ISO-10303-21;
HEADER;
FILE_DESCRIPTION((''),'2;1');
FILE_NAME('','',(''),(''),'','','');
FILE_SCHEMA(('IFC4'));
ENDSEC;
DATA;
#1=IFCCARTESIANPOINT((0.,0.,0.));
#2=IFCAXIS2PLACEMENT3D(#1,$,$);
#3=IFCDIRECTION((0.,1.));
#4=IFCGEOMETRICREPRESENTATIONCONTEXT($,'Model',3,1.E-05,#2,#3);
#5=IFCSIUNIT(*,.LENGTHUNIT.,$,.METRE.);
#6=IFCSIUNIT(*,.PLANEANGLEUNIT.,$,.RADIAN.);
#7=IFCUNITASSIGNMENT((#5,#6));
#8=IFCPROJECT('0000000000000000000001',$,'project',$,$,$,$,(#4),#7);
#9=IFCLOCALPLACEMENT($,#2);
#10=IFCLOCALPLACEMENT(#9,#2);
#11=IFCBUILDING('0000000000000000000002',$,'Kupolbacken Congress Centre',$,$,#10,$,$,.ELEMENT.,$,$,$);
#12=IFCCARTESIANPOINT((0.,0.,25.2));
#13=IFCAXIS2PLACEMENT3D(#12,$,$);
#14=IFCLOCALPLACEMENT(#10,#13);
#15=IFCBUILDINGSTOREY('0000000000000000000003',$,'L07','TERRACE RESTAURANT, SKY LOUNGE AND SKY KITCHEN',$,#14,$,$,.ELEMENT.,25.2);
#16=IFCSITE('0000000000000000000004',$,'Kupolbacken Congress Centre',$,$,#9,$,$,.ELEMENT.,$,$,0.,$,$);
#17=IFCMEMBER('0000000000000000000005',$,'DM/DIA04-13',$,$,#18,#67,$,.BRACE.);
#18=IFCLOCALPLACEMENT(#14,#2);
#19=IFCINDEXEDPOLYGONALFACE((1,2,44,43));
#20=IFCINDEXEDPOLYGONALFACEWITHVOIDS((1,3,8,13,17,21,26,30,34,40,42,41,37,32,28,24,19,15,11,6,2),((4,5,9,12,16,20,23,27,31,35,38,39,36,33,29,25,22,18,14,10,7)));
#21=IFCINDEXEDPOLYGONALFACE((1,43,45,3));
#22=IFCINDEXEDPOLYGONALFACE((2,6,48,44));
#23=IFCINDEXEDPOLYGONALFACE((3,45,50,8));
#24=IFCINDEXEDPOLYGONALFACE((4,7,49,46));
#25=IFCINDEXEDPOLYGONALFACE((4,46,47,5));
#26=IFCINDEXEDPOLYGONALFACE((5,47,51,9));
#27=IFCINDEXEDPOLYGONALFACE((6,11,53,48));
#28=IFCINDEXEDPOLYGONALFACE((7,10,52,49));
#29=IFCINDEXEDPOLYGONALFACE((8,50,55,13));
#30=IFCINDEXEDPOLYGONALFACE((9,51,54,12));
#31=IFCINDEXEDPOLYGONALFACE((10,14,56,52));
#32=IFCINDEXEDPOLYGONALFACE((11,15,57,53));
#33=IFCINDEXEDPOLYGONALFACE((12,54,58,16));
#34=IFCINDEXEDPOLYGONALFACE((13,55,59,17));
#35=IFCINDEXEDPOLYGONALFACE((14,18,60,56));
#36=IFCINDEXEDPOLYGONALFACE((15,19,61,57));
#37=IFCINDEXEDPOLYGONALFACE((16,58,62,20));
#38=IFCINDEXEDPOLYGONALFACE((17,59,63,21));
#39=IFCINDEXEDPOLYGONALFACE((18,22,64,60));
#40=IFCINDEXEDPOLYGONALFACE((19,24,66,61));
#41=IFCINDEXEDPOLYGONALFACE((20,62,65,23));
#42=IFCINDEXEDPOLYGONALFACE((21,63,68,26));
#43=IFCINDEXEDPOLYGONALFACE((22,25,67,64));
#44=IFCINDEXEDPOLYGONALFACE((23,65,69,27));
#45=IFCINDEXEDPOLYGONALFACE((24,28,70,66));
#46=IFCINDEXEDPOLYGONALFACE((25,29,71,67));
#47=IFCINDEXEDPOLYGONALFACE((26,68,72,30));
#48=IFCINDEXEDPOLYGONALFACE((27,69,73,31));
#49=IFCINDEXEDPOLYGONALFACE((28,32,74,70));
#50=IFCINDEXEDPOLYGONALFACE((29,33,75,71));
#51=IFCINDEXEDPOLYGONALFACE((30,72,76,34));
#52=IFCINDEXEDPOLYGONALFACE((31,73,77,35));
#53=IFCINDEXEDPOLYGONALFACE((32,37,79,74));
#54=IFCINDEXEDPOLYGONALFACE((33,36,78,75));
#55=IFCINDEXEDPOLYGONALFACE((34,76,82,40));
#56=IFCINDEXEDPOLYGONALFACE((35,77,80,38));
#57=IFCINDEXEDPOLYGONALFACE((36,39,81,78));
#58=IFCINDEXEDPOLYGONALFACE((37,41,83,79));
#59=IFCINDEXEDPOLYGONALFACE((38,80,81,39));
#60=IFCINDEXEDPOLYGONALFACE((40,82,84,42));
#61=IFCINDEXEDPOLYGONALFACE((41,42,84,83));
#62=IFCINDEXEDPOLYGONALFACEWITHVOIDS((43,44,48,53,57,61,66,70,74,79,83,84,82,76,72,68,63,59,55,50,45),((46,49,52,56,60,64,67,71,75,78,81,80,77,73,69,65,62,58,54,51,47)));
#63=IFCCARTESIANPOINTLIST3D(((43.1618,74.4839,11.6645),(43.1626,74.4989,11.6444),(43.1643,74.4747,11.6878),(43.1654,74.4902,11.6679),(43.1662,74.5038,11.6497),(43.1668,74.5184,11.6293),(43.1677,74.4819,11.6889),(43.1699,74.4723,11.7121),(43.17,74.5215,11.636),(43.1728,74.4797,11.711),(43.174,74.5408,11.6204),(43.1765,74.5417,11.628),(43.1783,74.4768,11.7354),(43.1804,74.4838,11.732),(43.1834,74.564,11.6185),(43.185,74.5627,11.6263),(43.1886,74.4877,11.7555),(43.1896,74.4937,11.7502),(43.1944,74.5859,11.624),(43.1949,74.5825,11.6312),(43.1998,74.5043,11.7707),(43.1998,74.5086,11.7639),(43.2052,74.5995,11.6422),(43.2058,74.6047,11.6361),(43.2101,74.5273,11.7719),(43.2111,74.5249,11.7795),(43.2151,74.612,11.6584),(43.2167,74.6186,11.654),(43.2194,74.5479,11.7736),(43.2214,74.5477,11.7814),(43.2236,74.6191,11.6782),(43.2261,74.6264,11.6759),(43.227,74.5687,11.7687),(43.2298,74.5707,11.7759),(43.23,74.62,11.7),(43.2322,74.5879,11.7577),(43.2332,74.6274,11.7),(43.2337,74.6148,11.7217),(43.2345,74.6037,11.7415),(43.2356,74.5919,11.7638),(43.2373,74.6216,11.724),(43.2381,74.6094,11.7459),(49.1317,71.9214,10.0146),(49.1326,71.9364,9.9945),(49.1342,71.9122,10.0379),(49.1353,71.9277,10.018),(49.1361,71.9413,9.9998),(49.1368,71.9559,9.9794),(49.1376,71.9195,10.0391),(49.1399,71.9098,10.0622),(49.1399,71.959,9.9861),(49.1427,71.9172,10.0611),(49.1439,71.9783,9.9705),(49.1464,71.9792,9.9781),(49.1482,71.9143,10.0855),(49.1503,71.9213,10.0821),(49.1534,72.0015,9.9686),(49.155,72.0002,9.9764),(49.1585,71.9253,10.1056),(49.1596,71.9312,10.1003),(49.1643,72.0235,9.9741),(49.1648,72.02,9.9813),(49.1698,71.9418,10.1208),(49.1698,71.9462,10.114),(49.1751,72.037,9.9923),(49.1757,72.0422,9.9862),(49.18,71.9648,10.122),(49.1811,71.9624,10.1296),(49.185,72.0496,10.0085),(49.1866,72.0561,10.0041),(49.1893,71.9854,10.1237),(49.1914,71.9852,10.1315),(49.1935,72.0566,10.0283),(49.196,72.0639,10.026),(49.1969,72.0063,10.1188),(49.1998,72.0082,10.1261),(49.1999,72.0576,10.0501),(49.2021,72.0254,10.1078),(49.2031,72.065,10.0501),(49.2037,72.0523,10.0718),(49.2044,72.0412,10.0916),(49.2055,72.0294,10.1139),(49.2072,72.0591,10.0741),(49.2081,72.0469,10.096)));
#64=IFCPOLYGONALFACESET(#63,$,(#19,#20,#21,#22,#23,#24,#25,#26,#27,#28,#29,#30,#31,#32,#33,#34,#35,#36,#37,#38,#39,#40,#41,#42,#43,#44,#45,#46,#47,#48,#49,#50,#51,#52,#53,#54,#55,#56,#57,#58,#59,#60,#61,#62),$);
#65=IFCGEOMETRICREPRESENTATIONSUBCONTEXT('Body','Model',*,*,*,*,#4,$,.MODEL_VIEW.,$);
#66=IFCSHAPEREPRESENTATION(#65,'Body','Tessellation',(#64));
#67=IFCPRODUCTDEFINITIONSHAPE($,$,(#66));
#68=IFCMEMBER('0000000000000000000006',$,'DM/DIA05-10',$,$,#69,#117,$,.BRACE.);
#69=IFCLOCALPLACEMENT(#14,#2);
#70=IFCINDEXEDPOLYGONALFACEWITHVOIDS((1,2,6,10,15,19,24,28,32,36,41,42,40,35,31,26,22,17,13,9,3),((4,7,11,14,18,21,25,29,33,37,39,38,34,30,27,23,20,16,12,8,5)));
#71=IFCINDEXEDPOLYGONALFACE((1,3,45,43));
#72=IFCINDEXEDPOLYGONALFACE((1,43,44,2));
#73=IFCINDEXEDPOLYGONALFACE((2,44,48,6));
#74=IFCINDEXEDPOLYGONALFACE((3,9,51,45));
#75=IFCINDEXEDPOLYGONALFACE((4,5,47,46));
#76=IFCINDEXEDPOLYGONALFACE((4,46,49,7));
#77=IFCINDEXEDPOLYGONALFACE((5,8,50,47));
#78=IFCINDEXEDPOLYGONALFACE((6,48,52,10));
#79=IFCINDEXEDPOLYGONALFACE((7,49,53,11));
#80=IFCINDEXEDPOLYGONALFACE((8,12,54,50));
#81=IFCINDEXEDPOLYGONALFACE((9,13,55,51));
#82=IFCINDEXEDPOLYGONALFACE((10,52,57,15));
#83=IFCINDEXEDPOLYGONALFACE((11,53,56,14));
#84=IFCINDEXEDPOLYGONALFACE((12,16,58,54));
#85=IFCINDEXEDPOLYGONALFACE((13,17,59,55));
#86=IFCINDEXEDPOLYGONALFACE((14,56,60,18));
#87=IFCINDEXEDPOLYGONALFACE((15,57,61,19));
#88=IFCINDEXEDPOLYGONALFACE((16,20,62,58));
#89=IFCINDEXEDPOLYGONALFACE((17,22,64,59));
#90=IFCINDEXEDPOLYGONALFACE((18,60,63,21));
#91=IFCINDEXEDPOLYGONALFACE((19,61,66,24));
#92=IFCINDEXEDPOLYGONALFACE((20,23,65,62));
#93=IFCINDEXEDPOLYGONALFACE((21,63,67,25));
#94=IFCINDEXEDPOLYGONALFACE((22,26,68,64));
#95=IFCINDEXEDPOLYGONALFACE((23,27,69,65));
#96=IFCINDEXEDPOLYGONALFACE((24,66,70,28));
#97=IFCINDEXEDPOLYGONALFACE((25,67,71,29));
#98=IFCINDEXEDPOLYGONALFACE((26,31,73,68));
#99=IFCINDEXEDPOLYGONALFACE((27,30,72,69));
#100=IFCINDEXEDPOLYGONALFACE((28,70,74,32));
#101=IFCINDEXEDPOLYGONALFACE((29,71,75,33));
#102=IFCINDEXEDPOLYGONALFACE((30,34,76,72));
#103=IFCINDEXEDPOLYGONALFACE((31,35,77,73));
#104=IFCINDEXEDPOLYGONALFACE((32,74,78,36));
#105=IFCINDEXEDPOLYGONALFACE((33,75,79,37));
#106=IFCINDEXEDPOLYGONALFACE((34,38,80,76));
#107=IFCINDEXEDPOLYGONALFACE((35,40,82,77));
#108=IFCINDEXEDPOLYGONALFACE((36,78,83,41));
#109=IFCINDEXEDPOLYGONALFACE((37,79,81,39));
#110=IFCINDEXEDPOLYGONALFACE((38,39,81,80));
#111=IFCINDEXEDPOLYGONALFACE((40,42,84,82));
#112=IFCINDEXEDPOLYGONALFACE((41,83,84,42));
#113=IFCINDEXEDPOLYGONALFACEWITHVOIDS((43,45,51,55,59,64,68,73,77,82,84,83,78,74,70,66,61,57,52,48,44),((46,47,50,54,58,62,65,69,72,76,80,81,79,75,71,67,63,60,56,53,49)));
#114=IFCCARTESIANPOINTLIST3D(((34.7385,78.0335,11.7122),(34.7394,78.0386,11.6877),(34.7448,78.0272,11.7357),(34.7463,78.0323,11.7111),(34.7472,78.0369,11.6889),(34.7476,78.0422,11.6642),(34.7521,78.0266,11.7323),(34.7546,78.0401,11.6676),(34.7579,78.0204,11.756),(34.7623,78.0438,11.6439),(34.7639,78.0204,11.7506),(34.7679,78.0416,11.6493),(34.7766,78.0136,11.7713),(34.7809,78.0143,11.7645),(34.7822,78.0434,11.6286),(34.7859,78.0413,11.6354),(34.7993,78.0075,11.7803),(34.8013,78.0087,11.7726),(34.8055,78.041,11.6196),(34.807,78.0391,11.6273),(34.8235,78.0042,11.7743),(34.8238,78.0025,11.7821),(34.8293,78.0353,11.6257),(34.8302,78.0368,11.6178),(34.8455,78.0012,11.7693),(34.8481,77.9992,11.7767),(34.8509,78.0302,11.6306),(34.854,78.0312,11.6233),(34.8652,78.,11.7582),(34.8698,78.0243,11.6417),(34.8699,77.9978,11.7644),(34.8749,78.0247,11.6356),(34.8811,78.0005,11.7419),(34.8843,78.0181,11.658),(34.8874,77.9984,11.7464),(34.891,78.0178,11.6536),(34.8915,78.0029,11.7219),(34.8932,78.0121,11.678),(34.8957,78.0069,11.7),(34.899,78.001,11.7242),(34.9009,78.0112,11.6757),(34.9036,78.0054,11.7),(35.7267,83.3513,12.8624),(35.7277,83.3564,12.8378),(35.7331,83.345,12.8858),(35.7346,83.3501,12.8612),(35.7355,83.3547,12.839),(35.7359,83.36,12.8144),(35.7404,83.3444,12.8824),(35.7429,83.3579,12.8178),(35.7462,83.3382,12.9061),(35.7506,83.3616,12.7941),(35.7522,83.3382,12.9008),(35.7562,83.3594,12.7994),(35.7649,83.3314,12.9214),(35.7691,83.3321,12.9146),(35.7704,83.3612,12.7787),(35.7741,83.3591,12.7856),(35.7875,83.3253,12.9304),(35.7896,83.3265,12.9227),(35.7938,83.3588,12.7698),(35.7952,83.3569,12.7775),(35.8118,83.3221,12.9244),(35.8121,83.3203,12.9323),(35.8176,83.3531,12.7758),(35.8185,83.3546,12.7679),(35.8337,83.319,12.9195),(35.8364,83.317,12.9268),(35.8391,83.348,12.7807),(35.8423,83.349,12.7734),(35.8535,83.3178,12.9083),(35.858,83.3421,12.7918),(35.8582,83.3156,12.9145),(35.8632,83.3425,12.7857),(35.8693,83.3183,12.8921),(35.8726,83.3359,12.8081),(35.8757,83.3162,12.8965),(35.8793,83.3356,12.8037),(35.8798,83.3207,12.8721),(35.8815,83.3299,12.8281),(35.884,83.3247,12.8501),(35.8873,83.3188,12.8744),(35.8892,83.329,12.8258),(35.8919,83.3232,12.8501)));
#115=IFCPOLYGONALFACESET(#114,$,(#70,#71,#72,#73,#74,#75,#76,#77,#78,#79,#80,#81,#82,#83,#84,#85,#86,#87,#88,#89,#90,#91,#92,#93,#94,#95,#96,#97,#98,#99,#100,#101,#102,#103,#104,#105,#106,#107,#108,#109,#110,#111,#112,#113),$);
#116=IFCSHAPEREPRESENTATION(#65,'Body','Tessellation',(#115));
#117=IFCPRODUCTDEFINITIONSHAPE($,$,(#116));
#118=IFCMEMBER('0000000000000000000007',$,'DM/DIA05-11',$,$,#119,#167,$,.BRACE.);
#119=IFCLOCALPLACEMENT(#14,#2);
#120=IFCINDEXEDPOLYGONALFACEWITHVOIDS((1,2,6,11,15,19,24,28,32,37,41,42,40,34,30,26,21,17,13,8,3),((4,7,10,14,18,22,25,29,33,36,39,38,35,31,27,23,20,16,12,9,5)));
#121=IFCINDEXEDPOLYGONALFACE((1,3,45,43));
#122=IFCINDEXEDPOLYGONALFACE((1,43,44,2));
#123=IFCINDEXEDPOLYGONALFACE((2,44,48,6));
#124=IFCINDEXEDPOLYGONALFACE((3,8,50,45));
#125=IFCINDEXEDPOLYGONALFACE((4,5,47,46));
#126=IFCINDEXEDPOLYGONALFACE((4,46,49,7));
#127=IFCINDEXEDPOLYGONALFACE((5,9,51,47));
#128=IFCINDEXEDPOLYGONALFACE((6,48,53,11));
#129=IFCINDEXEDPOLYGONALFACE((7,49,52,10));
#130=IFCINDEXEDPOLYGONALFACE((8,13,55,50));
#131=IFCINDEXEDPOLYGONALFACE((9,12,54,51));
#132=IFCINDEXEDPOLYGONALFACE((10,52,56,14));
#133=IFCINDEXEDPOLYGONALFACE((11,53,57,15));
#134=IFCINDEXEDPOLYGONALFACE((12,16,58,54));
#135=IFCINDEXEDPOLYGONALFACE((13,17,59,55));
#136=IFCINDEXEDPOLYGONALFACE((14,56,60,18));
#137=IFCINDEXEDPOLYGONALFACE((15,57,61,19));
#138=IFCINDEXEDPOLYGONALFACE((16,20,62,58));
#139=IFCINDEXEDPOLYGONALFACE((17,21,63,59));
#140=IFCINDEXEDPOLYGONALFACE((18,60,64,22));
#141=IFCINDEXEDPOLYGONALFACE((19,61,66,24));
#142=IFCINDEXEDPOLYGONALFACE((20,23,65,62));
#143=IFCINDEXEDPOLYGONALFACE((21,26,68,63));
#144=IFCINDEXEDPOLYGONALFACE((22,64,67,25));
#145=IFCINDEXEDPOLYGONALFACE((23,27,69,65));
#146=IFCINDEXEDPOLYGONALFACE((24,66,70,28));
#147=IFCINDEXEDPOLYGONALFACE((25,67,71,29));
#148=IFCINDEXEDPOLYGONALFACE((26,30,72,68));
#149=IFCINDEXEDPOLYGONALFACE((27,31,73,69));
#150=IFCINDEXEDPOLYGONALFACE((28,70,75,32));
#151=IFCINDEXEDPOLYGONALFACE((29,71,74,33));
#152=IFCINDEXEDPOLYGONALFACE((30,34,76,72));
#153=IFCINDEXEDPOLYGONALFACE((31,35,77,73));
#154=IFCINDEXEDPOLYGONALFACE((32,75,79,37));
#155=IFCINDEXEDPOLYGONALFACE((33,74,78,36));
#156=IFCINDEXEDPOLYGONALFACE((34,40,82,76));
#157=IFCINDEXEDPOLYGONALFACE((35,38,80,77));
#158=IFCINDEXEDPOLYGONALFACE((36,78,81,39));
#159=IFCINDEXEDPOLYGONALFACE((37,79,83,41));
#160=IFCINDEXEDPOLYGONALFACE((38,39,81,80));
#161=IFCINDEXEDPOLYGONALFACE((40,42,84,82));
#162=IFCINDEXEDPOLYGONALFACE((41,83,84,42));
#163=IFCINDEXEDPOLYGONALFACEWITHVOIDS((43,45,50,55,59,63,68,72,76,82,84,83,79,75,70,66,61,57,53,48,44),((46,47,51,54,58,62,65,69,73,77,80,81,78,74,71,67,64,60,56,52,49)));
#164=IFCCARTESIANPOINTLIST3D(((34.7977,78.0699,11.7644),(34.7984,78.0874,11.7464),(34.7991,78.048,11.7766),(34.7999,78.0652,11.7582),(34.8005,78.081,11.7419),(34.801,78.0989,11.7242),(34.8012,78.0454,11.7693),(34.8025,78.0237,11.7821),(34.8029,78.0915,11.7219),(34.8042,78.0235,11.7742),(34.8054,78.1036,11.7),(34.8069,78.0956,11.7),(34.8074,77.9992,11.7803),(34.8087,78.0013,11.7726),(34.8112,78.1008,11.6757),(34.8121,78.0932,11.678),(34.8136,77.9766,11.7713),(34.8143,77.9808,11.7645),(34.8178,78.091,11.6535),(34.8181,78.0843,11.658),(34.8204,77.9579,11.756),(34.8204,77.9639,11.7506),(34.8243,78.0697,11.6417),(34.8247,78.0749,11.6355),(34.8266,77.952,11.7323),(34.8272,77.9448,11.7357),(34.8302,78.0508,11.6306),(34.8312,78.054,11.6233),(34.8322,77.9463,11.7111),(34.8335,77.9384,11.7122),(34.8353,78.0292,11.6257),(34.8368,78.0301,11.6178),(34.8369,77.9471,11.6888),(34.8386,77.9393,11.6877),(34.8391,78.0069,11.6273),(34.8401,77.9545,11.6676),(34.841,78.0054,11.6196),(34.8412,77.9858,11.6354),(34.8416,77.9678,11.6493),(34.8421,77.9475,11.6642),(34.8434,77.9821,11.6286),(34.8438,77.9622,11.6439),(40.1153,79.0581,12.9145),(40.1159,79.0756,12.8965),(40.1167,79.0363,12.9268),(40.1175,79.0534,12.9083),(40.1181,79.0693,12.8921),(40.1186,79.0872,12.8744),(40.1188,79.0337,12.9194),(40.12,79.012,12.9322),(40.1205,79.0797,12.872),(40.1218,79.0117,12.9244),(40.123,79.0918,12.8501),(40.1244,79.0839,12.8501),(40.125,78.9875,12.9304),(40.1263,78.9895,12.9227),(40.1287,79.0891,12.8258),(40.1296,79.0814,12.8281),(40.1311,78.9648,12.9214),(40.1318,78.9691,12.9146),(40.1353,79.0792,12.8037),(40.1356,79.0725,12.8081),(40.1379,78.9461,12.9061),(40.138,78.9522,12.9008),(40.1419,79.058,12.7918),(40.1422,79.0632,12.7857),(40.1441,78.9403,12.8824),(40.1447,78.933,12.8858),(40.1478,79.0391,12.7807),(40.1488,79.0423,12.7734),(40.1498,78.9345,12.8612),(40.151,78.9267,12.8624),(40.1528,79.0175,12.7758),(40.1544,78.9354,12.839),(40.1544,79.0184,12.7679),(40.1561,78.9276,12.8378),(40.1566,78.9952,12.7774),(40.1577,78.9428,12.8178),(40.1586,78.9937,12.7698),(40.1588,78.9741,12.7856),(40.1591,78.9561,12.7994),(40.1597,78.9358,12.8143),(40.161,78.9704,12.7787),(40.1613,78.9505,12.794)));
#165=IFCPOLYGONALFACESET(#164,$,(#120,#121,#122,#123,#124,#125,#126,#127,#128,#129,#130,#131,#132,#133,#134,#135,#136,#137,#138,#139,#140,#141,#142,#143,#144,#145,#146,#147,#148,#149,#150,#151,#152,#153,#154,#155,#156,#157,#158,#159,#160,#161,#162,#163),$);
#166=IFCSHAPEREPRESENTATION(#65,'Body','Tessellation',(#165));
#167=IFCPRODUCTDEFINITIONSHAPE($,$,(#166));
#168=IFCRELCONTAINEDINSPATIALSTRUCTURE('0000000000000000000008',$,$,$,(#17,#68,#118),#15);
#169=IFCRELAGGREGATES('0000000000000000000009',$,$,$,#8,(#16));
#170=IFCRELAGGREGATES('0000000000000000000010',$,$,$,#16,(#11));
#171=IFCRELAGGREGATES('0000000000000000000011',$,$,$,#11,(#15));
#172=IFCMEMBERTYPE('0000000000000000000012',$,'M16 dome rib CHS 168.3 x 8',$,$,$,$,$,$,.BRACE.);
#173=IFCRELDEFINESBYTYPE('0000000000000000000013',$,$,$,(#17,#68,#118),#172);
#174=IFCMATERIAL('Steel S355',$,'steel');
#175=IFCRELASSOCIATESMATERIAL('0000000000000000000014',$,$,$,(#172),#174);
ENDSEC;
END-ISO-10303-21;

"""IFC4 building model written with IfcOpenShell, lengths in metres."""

from ifc_helpers import new_model, si_unit, direction, frame, origin, origin_2d, place, context, subcontext, project, spatial, hollow_circle, extrude, material, material_profile, profile_set, type_object, element, save


model = new_model("IFC4")

# Units and contexts
model_context = context("Model", 3, precision=1e-05, world=origin(), true_north=direction((0.0, 1.0)))
body_context = subcontext(model_context, "Body", "Model", "MODEL_VIEW")
ifc_project = project(units=[si_unit("LENGTHUNIT", "METRE"), si_unit("PLANEANGLEUNIT", "RADIAN")], contexts=[model_context])

# Site, building, storey
site_placement = place(None, origin())
site = spatial("IfcSite", under=ifc_project, at=site_placement, Name="Kupolbacken Congress Centre", CompositionType="ELEMENT", RefElevation=0.0)
building_placement = place(site_placement, origin())
building = spatial("IfcBuilding", under=site, at=building_placement, Name="Kupolbacken Congress Centre", CompositionType="ELEMENT")
storey_placement = place(building_placement, frame((0.0, 0.0, 25.2)))
storey = spatial("IfcBuildingStorey", under=building, at=storey_placement, Name="L07", Description="TERRACE RESTAURANT, SKY LOUNGE AND SKY KITCHEN", CompositionType="ELEMENT", Elevation=25.2)

# Members
ifc_material_1 = material(Name="Steel S355", Category="steel")
ifc_material_profile_1 = material_profile(ifc_material_1, hollow_circle(Radius=0.0842, WallThickness=0.0081, at=origin_2d()), Name="CHS 168.3 x 8")
ifc_profile_set_1 = profile_set([ifc_material_profile_1], Name="Steel S355")
member_type_1 = type_object("IfcMemberType", Name="M16 dome rib CHS 168.3 x 8", PredefinedType="BRACE", material=ifc_profile_set_1)
member_1_placement = place(storey_placement, frame((43.2, 74.55, 11.7), z_axis=(0.890652, -0.382296, -0.246147), x_axis=(0.394432, 0.918925, 0.0)))
element("IfcMember", 1, at=member_1_placement, inside=storey, type_object=member_type_1, Name="DM/DIA04-13", PredefinedType="BRACE", context=body_context, shape_type="SweptSolid", body=[
    extrude(hollow_circle(Radius=0.0842, WallThickness=0.0081, at=origin_2d()), origin(), (0.0, 0.0, 1.0), 6.7029),
])
member_2_placement = place(storey_placement, frame((35.8091, 83.3386, 12.8501), z_axis=(-0.178717, -0.961666, -0.207989), x_axis=(0.983166, -0.182713, 0.0)))
element("IfcMember", 2, at=member_2_placement, inside=storey, type_object=member_type_1, Name="DM/DIA05-10", PredefinedType="BRACE", context=body_context, shape_type="SweptSolid", body=[
    extrude(hollow_circle(Radius=0.0842, WallThickness=0.0081, at=origin_2d()), origin(), (0.0, 0.0, 1.0), 5.5298),
])
member_3_placement = place(storey_placement, frame((34.8208, 78.0208, 11.7), z_axis=(0.961662, 0.178725, 0.207997), x_axis=(-0.182721, 0.983165, 0.0)))
element("IfcMember", 3, at=member_3_placement, inside=storey, type_object=member_type_1, Name="DM/DIA05-11", PredefinedType="BRACE", context=body_context, shape_type="SweptSolid", body=[
    extrude(hollow_circle(Radius=0.0842, WallThickness=0.0081, at=origin_2d()), origin(), (0.0, 0.0, 1.0), 5.5295),
])

save(model, "model.ifc")
